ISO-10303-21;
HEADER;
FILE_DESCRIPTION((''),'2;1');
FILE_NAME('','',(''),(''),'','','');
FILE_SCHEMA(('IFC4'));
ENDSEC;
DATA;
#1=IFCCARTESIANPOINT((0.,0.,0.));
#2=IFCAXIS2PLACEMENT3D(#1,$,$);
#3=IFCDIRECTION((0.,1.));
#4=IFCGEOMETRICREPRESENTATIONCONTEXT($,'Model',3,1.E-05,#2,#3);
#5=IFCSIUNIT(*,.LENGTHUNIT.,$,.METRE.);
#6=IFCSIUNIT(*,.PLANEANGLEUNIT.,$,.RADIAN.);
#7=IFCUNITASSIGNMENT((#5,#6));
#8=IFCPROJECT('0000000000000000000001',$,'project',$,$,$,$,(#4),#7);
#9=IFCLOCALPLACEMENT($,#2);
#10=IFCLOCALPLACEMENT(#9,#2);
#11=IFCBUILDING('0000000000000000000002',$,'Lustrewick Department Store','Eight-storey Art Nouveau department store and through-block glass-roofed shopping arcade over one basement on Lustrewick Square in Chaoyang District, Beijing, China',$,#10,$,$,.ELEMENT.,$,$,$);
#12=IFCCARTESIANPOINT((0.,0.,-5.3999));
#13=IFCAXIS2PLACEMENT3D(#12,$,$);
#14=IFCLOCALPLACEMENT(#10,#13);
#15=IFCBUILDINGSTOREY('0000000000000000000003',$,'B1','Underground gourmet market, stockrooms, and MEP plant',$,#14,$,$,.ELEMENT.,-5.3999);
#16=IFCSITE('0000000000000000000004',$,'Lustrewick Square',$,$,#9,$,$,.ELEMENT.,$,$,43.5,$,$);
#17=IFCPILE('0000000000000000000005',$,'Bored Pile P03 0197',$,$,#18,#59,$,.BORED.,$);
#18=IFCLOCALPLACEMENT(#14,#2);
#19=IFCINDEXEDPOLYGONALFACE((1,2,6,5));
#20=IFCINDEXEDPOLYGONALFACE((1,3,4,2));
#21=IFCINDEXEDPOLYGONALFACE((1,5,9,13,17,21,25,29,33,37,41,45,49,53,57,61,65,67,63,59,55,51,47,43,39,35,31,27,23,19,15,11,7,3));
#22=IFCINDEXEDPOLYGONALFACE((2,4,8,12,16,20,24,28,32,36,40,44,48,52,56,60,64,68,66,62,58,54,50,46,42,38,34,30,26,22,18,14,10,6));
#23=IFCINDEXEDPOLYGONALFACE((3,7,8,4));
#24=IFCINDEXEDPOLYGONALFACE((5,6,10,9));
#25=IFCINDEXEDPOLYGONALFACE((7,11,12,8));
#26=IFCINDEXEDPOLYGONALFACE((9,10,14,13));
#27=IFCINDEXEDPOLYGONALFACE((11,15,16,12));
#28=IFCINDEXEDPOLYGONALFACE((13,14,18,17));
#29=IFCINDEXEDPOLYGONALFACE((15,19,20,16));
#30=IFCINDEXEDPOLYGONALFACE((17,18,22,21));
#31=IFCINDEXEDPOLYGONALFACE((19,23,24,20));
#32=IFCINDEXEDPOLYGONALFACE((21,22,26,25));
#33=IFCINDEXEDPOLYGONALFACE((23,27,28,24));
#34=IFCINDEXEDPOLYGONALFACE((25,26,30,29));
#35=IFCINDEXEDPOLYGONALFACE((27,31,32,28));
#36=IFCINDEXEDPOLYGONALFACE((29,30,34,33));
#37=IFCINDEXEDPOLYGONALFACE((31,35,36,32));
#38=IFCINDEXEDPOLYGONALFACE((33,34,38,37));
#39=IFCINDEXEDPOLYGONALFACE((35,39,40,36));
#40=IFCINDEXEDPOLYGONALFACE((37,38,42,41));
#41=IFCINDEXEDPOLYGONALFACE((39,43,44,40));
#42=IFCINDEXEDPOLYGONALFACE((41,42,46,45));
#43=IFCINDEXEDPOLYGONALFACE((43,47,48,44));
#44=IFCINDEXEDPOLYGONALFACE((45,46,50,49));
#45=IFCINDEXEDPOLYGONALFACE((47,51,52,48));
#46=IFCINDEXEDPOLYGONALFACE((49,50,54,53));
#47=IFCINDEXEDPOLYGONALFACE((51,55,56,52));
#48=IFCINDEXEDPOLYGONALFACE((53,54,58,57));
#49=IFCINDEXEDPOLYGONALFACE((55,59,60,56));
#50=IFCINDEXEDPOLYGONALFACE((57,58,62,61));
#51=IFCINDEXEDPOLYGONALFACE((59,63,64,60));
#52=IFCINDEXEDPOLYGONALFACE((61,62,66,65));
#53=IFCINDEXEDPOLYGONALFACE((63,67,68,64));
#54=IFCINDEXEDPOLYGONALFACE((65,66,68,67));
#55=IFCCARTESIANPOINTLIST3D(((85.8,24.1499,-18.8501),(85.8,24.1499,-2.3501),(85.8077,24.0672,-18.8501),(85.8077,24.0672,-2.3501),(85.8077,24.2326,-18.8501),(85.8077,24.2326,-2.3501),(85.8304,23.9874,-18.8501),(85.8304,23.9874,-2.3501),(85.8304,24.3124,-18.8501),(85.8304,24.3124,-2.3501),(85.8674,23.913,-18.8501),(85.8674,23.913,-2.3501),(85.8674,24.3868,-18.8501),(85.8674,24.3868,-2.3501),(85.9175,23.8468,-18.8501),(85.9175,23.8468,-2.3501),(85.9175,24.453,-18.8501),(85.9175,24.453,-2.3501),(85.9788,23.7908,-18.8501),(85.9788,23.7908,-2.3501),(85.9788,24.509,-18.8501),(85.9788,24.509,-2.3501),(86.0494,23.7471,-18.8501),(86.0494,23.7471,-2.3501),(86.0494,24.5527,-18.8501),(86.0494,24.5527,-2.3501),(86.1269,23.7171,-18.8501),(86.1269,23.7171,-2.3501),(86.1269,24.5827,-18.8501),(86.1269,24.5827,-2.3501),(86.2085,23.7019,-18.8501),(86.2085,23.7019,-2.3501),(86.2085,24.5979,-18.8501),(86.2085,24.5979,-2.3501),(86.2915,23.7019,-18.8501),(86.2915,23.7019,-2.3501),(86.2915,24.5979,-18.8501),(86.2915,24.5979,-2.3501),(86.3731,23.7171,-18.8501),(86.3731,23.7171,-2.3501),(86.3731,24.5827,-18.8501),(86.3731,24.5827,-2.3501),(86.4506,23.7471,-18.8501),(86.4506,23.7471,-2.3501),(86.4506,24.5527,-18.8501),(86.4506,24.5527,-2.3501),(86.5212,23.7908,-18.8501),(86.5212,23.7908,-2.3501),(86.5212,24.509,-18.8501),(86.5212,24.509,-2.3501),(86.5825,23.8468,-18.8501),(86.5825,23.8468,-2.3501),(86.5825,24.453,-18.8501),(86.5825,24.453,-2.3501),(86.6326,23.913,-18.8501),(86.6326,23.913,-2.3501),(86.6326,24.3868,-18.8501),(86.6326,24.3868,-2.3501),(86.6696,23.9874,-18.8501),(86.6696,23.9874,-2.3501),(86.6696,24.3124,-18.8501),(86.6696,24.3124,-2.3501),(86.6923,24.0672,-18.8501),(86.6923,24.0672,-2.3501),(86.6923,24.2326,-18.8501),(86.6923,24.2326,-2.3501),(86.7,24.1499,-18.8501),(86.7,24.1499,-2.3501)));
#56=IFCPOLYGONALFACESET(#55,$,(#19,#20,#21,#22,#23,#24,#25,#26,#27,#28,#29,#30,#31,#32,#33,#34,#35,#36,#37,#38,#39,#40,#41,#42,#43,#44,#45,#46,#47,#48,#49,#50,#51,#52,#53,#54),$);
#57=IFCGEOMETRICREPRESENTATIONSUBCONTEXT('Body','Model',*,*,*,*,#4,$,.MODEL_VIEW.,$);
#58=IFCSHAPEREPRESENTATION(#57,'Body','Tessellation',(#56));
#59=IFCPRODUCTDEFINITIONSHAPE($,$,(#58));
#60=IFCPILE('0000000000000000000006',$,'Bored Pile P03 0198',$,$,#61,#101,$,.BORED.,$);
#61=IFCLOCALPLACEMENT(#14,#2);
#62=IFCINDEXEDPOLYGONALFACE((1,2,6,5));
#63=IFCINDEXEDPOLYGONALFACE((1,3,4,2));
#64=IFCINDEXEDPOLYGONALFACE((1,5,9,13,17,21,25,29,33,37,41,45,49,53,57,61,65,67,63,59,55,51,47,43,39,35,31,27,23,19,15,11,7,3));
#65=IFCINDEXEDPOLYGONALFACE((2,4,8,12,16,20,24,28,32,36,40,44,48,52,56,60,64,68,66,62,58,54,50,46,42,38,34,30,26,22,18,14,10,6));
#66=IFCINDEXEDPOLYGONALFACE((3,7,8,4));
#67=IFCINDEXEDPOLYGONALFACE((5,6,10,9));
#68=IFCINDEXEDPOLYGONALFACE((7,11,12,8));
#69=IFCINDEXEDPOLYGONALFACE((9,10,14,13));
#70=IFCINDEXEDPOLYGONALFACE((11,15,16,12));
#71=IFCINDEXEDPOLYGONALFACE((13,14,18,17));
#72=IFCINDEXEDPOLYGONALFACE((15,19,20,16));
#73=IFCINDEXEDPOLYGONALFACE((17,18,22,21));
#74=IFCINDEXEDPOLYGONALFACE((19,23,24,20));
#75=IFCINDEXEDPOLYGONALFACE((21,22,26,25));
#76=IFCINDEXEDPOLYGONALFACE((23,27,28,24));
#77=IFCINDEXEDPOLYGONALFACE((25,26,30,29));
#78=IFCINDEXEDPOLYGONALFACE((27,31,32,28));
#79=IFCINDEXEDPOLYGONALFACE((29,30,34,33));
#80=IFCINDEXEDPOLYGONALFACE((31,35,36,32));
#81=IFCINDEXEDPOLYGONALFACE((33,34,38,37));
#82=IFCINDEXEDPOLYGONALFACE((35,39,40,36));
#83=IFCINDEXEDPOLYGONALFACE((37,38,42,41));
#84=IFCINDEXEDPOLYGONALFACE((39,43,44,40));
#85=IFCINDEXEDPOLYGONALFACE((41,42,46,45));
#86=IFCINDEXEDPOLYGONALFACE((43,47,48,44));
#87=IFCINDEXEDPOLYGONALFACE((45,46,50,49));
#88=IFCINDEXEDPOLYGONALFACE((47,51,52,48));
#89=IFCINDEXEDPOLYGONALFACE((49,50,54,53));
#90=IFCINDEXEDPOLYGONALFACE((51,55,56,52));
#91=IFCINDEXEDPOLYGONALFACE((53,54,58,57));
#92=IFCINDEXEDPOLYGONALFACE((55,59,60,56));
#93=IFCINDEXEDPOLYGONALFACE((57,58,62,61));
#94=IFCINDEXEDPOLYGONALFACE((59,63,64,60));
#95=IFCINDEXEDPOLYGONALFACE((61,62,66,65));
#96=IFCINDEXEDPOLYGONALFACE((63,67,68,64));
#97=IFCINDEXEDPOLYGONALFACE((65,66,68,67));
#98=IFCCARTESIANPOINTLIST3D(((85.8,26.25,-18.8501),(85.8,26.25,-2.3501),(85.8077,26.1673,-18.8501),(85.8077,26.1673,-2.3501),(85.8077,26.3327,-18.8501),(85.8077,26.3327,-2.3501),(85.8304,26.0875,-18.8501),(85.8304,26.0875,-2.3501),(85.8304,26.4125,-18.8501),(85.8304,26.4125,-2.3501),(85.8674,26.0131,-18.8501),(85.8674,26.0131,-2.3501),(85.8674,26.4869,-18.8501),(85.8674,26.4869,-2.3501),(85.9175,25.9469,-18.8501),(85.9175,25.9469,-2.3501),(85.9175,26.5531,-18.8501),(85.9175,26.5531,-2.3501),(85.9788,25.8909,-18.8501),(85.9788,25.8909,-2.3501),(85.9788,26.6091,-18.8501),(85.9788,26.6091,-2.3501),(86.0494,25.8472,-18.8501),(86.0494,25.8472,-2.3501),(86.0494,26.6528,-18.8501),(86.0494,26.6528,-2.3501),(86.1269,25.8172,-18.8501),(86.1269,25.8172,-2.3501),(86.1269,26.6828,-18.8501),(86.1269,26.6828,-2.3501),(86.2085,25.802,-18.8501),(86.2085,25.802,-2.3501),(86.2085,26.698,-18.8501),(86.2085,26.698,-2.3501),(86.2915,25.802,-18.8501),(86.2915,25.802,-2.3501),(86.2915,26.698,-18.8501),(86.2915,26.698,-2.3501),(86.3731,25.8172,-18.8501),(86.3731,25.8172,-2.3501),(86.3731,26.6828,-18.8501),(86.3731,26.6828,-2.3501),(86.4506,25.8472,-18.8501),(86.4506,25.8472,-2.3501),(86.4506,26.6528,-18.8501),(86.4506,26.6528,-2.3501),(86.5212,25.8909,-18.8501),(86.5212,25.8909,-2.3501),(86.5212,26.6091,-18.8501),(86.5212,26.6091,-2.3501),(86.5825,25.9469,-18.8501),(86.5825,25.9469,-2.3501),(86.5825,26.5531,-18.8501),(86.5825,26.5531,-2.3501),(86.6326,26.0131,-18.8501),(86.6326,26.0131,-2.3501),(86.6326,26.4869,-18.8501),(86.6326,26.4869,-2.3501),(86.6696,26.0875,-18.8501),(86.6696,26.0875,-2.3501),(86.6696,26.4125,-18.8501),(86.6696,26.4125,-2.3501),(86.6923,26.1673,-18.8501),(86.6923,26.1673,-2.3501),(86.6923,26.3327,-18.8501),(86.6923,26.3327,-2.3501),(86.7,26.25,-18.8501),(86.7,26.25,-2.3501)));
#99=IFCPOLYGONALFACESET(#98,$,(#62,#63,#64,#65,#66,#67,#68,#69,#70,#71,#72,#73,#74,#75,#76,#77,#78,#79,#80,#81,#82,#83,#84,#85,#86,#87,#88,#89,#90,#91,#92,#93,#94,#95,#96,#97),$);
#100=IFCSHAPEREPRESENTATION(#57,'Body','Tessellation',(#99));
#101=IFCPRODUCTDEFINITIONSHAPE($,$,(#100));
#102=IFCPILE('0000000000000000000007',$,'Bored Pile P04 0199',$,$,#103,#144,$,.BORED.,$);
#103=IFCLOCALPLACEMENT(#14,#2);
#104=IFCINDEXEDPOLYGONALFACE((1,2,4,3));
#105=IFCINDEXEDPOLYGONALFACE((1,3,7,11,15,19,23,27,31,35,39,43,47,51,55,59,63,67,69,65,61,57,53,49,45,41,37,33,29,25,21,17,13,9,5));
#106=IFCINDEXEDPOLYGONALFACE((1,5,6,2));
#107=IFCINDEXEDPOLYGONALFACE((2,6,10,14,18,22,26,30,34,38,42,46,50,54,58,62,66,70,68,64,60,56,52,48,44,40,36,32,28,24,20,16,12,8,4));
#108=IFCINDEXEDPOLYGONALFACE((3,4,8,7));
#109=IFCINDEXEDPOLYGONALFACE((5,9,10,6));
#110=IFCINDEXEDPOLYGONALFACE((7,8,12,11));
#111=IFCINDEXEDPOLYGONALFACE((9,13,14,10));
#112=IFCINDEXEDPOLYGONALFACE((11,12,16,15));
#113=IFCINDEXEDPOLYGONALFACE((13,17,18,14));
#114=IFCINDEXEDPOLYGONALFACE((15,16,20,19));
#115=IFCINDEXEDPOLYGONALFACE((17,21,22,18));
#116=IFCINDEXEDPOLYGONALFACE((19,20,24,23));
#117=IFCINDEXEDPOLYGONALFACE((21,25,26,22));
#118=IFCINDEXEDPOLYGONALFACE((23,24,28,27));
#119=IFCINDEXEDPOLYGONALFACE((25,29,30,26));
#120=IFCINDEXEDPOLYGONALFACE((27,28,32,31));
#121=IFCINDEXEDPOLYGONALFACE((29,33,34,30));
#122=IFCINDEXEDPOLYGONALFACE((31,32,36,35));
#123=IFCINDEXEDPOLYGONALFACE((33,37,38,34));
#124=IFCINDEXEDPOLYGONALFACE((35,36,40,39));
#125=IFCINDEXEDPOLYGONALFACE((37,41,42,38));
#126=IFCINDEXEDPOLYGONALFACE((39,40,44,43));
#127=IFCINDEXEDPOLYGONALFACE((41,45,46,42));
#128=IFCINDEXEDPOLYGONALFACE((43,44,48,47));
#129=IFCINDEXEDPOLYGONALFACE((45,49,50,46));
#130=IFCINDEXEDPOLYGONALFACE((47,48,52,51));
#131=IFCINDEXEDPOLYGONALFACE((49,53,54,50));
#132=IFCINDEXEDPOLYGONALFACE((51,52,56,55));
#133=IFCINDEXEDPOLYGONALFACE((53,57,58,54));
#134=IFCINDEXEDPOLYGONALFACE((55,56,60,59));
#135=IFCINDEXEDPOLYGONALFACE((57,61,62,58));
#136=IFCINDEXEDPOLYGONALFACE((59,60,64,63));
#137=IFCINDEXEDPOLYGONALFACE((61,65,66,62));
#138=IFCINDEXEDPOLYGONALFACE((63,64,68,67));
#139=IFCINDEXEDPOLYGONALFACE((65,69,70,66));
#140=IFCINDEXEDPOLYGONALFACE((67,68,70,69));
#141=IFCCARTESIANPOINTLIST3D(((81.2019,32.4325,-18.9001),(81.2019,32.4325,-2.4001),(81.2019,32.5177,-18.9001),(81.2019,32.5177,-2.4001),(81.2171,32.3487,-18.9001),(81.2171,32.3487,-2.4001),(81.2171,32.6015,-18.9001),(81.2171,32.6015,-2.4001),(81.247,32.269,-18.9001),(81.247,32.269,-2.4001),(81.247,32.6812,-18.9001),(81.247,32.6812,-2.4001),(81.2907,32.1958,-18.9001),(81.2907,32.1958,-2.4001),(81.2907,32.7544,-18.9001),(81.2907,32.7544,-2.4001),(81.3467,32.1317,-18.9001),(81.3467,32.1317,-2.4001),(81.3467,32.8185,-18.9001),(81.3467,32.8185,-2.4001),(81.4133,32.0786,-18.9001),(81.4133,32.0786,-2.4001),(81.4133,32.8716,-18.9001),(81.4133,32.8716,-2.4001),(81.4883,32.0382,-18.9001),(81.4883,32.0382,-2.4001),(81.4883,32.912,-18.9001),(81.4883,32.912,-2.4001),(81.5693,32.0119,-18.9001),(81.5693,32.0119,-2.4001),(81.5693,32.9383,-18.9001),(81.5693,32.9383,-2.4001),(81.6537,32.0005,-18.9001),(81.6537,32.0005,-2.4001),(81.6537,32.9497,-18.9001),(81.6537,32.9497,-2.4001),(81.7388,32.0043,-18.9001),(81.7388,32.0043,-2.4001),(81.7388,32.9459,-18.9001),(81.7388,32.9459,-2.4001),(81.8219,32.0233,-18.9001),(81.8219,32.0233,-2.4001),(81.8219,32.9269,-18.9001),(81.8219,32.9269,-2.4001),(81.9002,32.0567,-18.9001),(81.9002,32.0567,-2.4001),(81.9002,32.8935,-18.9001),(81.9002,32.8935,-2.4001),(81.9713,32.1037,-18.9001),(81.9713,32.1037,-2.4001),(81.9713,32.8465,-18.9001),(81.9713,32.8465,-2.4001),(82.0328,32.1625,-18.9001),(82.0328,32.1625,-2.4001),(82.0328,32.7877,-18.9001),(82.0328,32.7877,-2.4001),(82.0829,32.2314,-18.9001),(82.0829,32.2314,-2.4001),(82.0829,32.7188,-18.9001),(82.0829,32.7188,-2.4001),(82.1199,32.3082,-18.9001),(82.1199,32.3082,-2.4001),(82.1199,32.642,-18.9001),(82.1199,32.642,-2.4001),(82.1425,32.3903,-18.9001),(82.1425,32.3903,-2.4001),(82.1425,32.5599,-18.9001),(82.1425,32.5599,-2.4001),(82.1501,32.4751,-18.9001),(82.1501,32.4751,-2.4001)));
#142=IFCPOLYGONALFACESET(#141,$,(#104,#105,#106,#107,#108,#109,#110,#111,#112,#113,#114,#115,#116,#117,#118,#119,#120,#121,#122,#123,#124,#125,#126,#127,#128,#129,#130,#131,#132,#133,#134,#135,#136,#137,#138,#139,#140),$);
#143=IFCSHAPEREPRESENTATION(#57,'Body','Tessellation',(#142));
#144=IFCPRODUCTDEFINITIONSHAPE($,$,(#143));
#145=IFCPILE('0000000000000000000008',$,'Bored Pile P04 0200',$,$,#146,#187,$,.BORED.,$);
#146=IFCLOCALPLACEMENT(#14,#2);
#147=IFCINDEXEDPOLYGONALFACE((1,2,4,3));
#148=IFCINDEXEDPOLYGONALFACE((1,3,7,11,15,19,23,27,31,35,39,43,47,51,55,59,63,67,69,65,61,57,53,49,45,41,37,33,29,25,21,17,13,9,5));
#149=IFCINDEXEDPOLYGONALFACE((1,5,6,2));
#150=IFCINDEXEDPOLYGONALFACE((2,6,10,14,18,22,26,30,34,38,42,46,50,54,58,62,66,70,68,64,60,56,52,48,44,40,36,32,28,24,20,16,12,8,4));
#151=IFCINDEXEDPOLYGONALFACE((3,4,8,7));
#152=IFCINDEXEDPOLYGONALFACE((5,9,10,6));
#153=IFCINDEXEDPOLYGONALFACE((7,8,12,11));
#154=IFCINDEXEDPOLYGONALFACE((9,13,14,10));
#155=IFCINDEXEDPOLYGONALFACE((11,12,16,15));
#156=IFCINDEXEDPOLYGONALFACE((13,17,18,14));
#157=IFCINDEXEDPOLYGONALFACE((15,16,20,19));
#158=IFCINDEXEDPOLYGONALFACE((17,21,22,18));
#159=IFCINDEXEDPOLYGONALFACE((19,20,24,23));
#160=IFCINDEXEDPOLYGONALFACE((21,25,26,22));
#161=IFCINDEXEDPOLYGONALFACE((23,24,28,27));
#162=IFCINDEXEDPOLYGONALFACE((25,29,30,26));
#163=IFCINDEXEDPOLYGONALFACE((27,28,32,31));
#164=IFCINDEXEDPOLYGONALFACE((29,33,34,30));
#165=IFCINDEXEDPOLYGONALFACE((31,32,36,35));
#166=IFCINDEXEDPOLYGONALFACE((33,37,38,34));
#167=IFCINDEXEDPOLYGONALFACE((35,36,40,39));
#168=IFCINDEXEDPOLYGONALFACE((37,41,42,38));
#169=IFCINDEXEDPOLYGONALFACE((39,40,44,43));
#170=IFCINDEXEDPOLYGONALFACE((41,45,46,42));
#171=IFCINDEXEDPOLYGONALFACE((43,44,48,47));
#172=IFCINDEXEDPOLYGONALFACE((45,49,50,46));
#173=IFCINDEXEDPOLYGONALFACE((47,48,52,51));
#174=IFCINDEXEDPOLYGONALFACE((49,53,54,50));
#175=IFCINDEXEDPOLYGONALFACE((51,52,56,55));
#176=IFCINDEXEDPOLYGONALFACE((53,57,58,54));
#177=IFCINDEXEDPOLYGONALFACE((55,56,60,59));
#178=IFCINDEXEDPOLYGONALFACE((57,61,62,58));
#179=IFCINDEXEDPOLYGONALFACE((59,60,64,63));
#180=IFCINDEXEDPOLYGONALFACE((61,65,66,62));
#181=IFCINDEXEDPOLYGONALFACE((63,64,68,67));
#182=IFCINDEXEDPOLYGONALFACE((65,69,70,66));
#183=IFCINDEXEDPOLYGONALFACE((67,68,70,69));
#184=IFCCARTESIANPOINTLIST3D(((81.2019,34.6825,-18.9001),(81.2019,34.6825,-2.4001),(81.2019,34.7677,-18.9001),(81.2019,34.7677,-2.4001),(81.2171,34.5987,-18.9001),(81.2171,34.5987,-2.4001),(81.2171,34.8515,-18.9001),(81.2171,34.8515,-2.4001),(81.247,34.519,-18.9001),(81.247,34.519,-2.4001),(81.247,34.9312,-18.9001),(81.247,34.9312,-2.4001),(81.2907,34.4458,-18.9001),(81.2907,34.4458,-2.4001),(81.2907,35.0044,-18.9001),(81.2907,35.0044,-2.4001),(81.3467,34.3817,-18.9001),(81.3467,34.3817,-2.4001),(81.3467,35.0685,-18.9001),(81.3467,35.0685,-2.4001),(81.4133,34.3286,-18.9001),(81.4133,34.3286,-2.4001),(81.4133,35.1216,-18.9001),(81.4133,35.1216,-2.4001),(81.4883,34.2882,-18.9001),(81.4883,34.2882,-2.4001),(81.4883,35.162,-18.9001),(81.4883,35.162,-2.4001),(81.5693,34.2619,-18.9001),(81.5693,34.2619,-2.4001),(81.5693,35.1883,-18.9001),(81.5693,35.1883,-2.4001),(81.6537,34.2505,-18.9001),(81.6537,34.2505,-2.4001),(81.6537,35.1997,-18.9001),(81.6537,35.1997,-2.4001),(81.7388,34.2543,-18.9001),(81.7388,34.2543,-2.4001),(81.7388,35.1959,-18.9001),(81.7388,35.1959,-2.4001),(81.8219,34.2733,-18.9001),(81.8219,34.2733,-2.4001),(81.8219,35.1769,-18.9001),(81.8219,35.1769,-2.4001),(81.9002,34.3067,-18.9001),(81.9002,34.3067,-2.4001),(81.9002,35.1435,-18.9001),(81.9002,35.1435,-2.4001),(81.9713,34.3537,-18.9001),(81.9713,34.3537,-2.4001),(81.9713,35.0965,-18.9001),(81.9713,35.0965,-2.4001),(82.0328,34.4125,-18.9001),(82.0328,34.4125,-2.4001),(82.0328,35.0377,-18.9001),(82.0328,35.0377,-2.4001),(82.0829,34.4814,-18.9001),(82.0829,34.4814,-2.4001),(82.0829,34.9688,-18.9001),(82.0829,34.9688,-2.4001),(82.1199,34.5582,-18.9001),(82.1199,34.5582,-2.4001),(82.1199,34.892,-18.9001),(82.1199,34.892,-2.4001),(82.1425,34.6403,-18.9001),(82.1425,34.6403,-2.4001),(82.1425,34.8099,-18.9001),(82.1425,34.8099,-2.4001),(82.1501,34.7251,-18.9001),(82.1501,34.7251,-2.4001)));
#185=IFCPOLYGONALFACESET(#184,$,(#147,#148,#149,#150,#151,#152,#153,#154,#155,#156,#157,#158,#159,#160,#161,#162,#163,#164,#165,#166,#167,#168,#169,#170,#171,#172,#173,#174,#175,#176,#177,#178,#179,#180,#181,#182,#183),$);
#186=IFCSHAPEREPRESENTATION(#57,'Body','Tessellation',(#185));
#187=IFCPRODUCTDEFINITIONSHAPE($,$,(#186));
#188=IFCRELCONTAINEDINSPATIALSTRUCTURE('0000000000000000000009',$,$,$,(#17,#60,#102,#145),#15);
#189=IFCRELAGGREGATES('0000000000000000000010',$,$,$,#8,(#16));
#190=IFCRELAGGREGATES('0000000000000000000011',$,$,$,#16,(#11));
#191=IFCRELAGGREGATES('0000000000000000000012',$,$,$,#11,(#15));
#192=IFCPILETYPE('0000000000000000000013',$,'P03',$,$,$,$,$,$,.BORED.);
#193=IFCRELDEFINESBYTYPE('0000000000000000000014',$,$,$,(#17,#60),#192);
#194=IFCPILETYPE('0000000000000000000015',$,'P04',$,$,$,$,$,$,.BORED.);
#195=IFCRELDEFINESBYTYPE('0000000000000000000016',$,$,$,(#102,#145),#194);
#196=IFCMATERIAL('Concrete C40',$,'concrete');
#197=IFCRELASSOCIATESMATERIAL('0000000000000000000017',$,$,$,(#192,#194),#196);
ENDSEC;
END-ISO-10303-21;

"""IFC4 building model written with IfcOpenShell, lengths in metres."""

from ifc_helpers import new_model, si_unit, direction, frame, origin, origin_2d, place, context, subcontext, project, spatial, circle, extrude, material, material_profile, profile_set, type_object, element, save


model = new_model("IFC4")

# Units and contexts
model_context = context("Model", 3, precision=1e-05, world=origin(), true_north=direction((0.0, 1.0)))
body_context = subcontext(model_context, "Body", "Model", "MODEL_VIEW")
ifc_project = project(units=[si_unit("LENGTHUNIT", "METRE"), si_unit("PLANEANGLEUNIT", "RADIAN")], contexts=[model_context])

# Site, building, storey
site_placement = place(None, origin())
site = spatial("IfcSite", under=ifc_project, at=site_placement, Name="Lustrewick Square", CompositionType="ELEMENT", RefElevation=43.5)
building_placement = place(site_placement, origin())
building = spatial("IfcBuilding", under=site, at=building_placement, Name="Lustrewick Department Store", Description="Eight-storey Art Nouveau department store and through-block glass-roofed shopping arcade over one basement on Lustrewick Square in Chaoyang District, Beijing, China", CompositionType="ELEMENT")
storey_placement = place(building_placement, frame((0.0, 0.0, -5.3999)))
storey = spatial("IfcBuildingStorey", under=building, at=storey_placement, Name="B1", Description="Underground gourmet market, stockrooms, and MEP plant", CompositionType="ELEMENT", Elevation=-5.3999)

# Piles
ifc_material_1 = material(Name="Concrete C40", Category="concrete")
ifc_material_profile_1 = material_profile(ifc_material_1, circle(Radius=0.45, at=origin_2d()), Name="PILE D900")
ifc_profile_set_1 = profile_set([ifc_material_profile_1], Name="Concrete C40")
pile_type_1 = type_object("IfcPileType", Name="P03", PredefinedType="BORED", material=ifc_profile_set_1)
for number, where, z_axis, x_axis, name in (
    (1, (86.25, 24.1499, -2.3501), (0.0, 0.0, -1.0), (1.0, 0.0, 0.0), "Bored Pile P03 0197"),
    (2, (86.25, 26.25, -2.3501), (0.0, 0.0, -1.0), (1.0, 0.0, 0.0), "Bored Pile P03 0198"),
):
    element("IfcPile", number, at=place(storey_placement, frame(where, z_axis=z_axis, x_axis=x_axis)), inside=storey, type_object=pile_type_1, Name=name, PredefinedType="BORED", context=body_context, shape_type="SweptSolid", body=[
        extrude(circle(Radius=0.45, at=origin_2d()), origin(), (0.0, 0.0, 1.0), 16.5),
    ])
ifc_material_profile_2 = material_profile(ifc_material_1, circle(Radius=0.4751, at=origin_2d()), Name="PILE D950")
ifc_profile_set_2 = profile_set([ifc_material_profile_2], Name="Concrete C40")
pile_type_2 = type_object("IfcPileType", Name="P04", PredefinedType="BORED", material=ifc_profile_set_2)
for number, where, z_axis, x_axis, name in (
    (3, (81.675, 32.4751, -2.4001), (0.0, 0.0, -1.0), (1.0, 0.0, 0.0), "Bored Pile P04 0199"),
    (4, (81.675, 34.7251, -2.4001), (0.0, 0.0, -1.0), (1.0, 0.0, 0.0), "Bored Pile P04 0200"),
):
    element("IfcPile", number, at=place(storey_placement, frame(where, z_axis=z_axis, x_axis=x_axis)), inside=storey, type_object=pile_type_2, Name=name, PredefinedType="BORED", context=body_context, shape_type="SweptSolid", body=[
        extrude(circle(Radius=0.4751, at=origin_2d()), origin(), (0.0, 0.0, 1.0), 16.5),
    ])

save(model, "model.ifc")
